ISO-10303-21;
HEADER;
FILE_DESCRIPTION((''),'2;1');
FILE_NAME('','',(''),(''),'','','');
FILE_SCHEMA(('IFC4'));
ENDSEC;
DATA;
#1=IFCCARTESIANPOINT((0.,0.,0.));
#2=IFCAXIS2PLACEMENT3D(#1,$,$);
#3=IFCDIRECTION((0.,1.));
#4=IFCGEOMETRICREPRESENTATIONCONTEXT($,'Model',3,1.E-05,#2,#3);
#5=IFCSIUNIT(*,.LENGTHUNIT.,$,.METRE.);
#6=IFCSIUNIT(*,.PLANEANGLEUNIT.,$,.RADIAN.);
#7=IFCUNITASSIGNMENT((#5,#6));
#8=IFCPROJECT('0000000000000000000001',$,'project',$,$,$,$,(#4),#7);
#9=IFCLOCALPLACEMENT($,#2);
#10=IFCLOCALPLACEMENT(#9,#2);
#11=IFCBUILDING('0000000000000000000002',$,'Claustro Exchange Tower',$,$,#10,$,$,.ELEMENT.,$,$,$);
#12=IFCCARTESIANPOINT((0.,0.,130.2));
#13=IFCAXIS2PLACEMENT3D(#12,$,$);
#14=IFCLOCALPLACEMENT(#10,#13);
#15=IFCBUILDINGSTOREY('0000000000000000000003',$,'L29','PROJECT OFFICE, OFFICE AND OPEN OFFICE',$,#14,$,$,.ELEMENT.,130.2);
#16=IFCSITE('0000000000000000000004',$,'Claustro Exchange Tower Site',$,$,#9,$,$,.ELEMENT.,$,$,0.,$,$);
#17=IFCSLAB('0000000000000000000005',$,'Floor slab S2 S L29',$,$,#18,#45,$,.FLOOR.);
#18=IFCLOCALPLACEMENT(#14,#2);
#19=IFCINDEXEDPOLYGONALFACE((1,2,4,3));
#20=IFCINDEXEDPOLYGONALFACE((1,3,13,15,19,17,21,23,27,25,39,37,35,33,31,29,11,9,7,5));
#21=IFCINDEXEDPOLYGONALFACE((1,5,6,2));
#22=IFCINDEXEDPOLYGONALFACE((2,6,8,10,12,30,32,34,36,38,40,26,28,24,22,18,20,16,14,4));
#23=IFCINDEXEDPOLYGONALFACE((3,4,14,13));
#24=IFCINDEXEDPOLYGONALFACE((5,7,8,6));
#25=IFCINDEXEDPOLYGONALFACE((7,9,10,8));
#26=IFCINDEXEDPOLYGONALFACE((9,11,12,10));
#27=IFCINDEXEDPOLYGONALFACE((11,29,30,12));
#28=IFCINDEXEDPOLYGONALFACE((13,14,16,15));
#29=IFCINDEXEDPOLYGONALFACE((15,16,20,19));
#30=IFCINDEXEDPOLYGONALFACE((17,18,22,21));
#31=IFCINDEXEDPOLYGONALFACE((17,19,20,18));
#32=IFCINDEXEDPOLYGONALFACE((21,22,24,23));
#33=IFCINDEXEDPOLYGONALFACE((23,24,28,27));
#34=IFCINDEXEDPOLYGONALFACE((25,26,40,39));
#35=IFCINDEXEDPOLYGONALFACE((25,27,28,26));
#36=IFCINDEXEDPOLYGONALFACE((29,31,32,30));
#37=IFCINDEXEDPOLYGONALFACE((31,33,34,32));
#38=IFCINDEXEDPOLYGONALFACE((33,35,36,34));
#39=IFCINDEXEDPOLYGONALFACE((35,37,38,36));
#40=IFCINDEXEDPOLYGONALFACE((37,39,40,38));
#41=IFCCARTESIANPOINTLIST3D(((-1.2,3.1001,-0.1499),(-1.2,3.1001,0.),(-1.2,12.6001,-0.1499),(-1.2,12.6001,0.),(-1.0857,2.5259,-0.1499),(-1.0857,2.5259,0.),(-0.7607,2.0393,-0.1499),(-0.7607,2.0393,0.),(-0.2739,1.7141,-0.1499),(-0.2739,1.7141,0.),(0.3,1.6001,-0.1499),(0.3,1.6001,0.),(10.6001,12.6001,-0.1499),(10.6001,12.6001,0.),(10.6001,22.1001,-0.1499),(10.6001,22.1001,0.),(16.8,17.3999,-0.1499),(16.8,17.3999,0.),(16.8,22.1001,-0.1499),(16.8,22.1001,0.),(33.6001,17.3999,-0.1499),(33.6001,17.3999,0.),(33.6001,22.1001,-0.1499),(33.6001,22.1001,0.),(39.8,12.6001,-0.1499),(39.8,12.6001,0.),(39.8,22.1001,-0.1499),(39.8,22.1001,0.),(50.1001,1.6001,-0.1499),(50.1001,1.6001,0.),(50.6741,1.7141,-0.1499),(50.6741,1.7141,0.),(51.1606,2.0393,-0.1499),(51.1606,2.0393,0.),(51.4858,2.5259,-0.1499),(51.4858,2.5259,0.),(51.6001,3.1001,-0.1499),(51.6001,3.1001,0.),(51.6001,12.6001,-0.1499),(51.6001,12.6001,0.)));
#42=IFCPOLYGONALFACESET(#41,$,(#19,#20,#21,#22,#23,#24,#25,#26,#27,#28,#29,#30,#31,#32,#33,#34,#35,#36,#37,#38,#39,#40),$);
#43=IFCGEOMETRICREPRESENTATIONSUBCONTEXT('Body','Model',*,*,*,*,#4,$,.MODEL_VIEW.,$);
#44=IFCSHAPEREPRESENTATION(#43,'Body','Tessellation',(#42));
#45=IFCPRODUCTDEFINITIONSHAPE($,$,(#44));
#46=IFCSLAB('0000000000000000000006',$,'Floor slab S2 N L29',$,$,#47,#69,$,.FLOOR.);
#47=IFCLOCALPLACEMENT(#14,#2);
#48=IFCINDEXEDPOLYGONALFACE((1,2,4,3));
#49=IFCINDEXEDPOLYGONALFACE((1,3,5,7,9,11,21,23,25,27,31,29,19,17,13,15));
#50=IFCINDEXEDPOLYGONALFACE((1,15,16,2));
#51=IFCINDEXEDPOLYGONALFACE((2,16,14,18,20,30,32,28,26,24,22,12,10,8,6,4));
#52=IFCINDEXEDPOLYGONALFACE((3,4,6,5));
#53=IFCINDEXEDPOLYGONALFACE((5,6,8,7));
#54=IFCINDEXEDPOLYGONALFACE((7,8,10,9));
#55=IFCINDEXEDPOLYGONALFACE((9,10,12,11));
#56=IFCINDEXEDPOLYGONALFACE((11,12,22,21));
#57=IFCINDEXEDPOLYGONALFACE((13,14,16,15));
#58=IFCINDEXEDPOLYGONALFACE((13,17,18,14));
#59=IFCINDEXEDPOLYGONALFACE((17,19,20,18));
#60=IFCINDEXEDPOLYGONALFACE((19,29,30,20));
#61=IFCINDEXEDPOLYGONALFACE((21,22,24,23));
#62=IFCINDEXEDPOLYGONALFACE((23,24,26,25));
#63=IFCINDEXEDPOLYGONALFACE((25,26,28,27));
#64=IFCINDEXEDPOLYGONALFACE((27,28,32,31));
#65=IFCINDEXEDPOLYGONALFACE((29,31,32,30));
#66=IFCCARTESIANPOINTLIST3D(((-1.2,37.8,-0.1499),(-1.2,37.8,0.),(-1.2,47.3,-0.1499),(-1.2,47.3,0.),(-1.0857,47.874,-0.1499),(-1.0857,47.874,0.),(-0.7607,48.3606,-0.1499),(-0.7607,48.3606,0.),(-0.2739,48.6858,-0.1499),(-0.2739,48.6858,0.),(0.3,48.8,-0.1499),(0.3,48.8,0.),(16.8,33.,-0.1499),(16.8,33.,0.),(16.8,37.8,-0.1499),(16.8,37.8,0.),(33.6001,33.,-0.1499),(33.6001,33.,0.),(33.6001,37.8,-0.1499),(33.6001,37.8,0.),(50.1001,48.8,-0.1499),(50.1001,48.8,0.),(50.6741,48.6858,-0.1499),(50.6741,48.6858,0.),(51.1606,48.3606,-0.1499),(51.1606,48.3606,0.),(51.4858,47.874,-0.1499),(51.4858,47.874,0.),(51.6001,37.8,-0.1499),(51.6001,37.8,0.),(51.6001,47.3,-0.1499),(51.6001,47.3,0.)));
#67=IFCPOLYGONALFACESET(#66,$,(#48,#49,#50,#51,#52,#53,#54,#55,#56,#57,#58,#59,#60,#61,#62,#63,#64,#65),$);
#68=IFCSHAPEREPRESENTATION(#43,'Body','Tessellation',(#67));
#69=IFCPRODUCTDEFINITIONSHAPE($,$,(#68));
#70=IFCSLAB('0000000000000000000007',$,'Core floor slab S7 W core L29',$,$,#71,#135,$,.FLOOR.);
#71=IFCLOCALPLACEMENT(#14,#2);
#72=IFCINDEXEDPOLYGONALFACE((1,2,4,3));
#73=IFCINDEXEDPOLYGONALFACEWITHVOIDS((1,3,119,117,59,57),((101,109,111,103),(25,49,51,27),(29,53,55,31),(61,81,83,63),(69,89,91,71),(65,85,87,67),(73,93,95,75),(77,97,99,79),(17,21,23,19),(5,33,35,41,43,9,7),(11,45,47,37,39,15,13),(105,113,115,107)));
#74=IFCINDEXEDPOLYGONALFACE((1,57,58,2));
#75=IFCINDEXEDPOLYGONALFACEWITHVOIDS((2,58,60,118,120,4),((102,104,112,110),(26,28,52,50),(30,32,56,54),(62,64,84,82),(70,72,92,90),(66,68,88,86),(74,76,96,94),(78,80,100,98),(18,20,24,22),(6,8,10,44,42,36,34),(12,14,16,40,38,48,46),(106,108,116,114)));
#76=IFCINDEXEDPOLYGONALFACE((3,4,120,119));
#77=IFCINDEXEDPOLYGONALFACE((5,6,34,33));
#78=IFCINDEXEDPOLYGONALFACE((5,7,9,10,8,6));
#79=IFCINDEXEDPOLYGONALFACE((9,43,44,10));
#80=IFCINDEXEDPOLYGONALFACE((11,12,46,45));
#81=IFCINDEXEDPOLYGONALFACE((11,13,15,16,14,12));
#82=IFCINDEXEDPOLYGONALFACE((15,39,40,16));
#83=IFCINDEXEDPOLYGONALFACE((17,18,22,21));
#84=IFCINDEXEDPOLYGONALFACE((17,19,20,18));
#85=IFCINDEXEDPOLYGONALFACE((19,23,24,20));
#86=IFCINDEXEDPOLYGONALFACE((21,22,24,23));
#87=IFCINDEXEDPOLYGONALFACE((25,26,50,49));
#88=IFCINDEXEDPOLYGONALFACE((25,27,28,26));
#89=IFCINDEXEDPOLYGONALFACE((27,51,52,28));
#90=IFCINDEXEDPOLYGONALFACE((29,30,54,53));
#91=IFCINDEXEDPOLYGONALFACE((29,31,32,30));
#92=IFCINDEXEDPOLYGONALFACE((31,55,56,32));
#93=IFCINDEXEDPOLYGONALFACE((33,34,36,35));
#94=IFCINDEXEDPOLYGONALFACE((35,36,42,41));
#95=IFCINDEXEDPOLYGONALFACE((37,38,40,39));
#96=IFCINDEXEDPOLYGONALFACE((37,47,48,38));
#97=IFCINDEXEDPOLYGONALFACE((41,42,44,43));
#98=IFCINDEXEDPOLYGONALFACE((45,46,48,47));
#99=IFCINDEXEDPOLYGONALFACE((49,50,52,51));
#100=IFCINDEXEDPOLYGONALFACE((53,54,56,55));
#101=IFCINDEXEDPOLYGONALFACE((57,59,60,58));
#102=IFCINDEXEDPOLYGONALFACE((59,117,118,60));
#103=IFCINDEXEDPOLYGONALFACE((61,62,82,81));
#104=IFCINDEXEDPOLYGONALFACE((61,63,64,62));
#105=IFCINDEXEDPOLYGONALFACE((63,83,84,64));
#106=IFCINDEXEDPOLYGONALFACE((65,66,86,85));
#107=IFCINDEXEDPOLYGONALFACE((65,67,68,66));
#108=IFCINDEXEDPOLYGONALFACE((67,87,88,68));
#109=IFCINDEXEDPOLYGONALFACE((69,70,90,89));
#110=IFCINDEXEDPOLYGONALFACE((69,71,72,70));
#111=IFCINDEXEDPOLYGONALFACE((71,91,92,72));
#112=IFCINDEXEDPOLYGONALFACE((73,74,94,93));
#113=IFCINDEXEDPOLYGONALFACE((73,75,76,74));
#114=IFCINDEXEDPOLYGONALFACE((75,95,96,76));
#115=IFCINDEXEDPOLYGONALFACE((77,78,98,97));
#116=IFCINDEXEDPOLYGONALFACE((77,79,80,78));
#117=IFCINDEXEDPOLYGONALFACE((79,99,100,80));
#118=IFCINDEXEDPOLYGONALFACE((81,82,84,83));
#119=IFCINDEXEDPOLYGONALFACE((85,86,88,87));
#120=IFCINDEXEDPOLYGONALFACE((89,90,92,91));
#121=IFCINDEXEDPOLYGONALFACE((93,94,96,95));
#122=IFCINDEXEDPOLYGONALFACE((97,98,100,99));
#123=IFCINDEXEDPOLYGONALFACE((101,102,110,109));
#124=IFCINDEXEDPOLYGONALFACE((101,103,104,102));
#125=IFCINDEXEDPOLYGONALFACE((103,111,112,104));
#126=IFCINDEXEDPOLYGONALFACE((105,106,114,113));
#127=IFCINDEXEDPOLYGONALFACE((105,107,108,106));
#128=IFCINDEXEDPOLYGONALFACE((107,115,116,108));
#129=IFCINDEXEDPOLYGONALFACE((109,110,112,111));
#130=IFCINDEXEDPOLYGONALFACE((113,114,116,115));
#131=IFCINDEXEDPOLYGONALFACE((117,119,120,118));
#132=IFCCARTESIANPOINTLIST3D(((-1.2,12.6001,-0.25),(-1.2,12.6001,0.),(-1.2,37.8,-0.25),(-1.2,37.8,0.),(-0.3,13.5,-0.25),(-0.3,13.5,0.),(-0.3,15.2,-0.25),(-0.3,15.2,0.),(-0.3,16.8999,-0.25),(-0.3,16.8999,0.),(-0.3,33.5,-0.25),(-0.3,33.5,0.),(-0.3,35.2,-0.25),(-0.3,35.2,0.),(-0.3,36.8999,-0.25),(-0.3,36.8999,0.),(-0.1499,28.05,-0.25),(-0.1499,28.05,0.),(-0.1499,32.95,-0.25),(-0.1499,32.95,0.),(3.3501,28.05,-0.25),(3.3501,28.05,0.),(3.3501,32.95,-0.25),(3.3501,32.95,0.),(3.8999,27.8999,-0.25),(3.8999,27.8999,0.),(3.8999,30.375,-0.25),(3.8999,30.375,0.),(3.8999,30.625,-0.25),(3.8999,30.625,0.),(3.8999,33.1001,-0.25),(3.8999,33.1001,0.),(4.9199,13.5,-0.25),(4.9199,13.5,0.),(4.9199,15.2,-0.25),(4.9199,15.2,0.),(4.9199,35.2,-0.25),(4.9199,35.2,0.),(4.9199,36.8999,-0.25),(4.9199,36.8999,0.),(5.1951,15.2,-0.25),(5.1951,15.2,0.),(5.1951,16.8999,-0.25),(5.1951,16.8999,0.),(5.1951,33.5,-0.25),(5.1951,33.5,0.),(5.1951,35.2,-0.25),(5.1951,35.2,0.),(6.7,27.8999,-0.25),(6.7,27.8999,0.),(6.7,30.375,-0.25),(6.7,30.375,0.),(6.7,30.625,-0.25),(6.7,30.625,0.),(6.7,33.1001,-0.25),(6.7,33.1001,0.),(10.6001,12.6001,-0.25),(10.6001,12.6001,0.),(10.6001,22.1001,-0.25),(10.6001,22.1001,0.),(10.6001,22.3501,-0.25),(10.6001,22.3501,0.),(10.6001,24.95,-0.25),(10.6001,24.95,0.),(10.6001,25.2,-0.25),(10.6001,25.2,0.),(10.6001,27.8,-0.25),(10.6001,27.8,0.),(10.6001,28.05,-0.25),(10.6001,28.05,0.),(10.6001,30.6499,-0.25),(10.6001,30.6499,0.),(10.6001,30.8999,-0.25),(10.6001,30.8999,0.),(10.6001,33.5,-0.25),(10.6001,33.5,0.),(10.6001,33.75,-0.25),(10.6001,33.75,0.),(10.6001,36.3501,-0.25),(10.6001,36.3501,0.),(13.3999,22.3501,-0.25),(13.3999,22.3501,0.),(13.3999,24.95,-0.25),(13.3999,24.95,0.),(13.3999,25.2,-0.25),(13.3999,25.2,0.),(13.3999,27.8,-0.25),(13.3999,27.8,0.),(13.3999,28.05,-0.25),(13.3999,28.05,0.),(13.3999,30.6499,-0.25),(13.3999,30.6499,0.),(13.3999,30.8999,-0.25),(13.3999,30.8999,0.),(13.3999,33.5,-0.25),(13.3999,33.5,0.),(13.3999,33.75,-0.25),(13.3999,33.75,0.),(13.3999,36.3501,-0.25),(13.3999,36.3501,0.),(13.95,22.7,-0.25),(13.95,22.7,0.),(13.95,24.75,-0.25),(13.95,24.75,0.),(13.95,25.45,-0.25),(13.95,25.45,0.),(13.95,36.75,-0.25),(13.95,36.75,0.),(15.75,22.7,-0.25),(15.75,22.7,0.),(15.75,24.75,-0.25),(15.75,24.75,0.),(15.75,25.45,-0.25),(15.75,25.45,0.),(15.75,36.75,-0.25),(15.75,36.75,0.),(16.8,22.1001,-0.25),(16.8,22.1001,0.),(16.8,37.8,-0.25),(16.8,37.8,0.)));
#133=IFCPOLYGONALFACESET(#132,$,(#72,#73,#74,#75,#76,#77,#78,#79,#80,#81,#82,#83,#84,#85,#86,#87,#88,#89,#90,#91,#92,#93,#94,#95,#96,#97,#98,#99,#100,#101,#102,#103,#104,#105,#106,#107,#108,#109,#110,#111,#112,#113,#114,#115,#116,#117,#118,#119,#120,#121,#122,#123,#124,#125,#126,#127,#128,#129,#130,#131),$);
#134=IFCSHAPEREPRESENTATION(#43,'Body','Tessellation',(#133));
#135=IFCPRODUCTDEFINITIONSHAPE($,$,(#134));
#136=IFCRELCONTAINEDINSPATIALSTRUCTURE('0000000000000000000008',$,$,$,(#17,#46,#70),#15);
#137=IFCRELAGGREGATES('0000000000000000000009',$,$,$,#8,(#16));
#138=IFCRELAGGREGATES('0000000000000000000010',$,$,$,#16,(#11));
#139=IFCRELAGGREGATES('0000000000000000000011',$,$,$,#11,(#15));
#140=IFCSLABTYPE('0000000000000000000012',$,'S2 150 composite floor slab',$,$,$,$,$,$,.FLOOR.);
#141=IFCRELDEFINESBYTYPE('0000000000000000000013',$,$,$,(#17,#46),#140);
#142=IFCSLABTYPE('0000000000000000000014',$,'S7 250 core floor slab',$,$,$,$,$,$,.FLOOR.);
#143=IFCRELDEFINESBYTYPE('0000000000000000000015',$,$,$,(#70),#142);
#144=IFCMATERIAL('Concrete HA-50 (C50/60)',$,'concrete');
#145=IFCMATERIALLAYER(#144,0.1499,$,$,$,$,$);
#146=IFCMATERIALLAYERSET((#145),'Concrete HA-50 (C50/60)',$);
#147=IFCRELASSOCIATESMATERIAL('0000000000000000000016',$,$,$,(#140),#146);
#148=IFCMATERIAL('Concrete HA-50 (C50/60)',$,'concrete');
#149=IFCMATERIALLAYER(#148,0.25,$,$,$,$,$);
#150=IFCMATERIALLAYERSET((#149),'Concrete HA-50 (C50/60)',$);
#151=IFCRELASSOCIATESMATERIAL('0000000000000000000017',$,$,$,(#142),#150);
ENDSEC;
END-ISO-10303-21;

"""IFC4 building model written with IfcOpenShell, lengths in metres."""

from ifc_helpers import new_model, si_unit, direction, frame, origin, place, context, subcontext, project, spatial, polyline, outline, extrude, material, layer, layer_set, type_object, element, save


model = new_model("IFC4")

# Units and contexts
model_context = context("Model", 3, precision=1e-05, world=origin(), true_north=direction((0.0, 1.0)))
body_context = subcontext(model_context, "Body", "Model", "MODEL_VIEW")
ifc_project = project(units=[si_unit("LENGTHUNIT", "METRE"), si_unit("PLANEANGLEUNIT", "RADIAN")], contexts=[model_context])

# Site, building, storey
site_placement = place(None, origin())
site = spatial("IfcSite", under=ifc_project, at=site_placement, Name="Claustro Exchange Tower Site", CompositionType="ELEMENT", RefElevation=0.0)
building_placement = place(site_placement, origin())
building = spatial("IfcBuilding", under=site, at=building_placement, Name="Claustro Exchange Tower", CompositionType="ELEMENT")
storey_placement = place(building_placement, frame((0.0, 0.0, 130.2)))
storey = spatial("IfcBuildingStorey", under=building, at=storey_placement, Name="L29", Description="PROJECT OFFICE, OFFICE AND OPEN OFFICE", CompositionType="ELEMENT", Elevation=130.2)

# Slabs
ifc_material_1 = material(Name="Concrete HA-50 (C50/60)", Category="concrete")
ifc_layer_1 = layer(ifc_material_1, 0.1499)
ifc_layer_set_1 = layer_set([ifc_layer_1], Name="Concrete HA-50 (C50/60)")
slab_type_1 = type_object("IfcSlabType", Name="S2 150 composite floor slab", PredefinedType="FLOOR", material=ifc_layer_set_1)
slab_1_placement = place(storey_placement, frame((0.0, 0.0, -0.1499)))
element("IfcSlab", 1, at=slab_1_placement, inside=storey, type_object=slab_type_1, Name="Floor slab S2 S L29", PredefinedType="FLOOR", context=body_context, shape_type="SweptSolid", body=[
    extrude(outline(polyline([(-0.2739, 1.7141), (0.3, 1.6001), (50.1001, 1.6001), (50.6741, 1.7141), (51.1606, 2.0393), (51.4858, 2.5259), (51.6001, 3.1001), (51.6001, 12.6001), (39.8, 12.6001), (39.8, 22.1001), (33.6001, 22.1001), (33.6001, 17.3999), (16.8, 17.3999), (16.8, 22.1001), (10.6001, 22.1001), (10.6001, 12.6001), (-1.2, 12.6001), (-1.2, 3.1001), (-1.0857, 2.5259), (-0.7607, 2.0393), (-0.2739, 1.7141)])), origin(), (0.0, 0.0, 1.0), 0.1499),
])
slab_2_placement = place(storey_placement, frame((0.0, 0.0, -0.1499)))
element("IfcSlab", 2, at=slab_2_placement, inside=storey, type_object=slab_type_1, Name="Floor slab S2 N L29", PredefinedType="FLOOR", context=body_context, shape_type="SweptSolid", body=[
    extrude(outline(polyline([(16.8, 37.8), (16.8, 33.0), (33.6001, 33.0), (33.6001, 37.8), (51.6001, 37.8), (51.6001, 47.3), (51.4858, 47.874), (51.1606, 48.3606), (50.6741, 48.6858), (50.1001, 48.8), (0.3, 48.8), (-0.2739, 48.6858), (-0.7607, 48.3606), (-1.0857, 47.874), (-1.2, 47.3), (-1.2, 37.8), (16.8, 37.8)])), origin(), (0.0, 0.0, 1.0), 0.1499),
])
ifc_material_2 = material(Name="Concrete HA-50 (C50/60)", Category="concrete")
ifc_layer_2 = layer(ifc_material_2, 0.25)
ifc_layer_set_2 = layer_set([ifc_layer_2], Name="Concrete HA-50 (C50/60)")
slab_type_2 = type_object("IfcSlabType", Name="S7 250 core floor slab", PredefinedType="FLOOR", material=ifc_layer_set_2)
slab_3_placement = place(storey_placement, frame((0.0, 0.0, -0.25)))
element("IfcSlab", 3, at=slab_3_placement, inside=storey, type_object=slab_type_2, Name="Core floor slab S7 W core L29", PredefinedType="FLOOR", context=body_context, shape_type="SweptSolid", body=[
    extrude(outline(polyline([(-1.2, 37.8), (-1.2, 12.6001), (10.6001, 12.6001), (10.6001, 22.1001), (16.8, 22.1001), (16.8, 37.8), (-1.2, 37.8)]), holes=[polyline([(13.95, 24.75), (15.75, 24.75), (15.75, 22.7), (13.95, 22.7), (13.95, 24.75)]), polyline([(13.95, 36.75), (15.75, 36.75), (15.75, 25.45), (13.95, 25.45), (13.95, 36.75)]), polyline([(13.3999, 24.95), (13.3999, 22.3501), (10.6001, 22.3501), (10.6001, 24.95), (13.3999, 24.95)]), polyline([(13.3999, 27.8), (13.3999, 25.2), (10.6001, 25.2), (10.6001, 27.8), (13.3999, 27.8)]), polyline([(13.3999, 30.6499), (13.3999, 28.05), (10.6001, 28.05), (10.6001, 30.6499), (13.3999, 30.6499)]), polyline([(13.3999, 33.5), (13.3999, 30.8999), (10.6001, 30.8999), (10.6001, 33.5), (13.3999, 33.5)]), polyline([(13.3999, 36.3501), (13.3999, 33.75), (10.6001, 33.75), (10.6001, 36.3501), (13.3999, 36.3501)]), polyline([(6.7, 30.375), (6.7, 27.8999), (3.8999, 27.8999), (3.8999, 30.375), (6.7, 30.375)]), polyline([(6.7, 33.1001), (6.7, 30.625), (3.8999, 30.625), (3.8999, 33.1001), (6.7, 33.1001)]), polyline([(-0.3, 15.2), (-0.3, 16.8999), (5.1951, 16.8999), (5.1951, 15.2), (4.9199, 15.2), (4.9199, 13.5), (-0.3, 13.5), (-0.3, 15.2)]), polyline([(-0.3, 35.2), (-0.3, 36.8999), (4.9199, 36.8999), (4.9199, 35.2), (5.1951, 35.2), (5.1951, 33.5), (-0.3, 33.5), (-0.3, 35.2)]), polyline([(-0.1499, 32.95), (3.3501, 32.95), (3.3501, 28.05), (-0.1499, 28.05), (-0.1499, 32.95)])]), origin(), (0.0, 0.0, 1.0), 0.25),
])

save(model, "model.ifc")
